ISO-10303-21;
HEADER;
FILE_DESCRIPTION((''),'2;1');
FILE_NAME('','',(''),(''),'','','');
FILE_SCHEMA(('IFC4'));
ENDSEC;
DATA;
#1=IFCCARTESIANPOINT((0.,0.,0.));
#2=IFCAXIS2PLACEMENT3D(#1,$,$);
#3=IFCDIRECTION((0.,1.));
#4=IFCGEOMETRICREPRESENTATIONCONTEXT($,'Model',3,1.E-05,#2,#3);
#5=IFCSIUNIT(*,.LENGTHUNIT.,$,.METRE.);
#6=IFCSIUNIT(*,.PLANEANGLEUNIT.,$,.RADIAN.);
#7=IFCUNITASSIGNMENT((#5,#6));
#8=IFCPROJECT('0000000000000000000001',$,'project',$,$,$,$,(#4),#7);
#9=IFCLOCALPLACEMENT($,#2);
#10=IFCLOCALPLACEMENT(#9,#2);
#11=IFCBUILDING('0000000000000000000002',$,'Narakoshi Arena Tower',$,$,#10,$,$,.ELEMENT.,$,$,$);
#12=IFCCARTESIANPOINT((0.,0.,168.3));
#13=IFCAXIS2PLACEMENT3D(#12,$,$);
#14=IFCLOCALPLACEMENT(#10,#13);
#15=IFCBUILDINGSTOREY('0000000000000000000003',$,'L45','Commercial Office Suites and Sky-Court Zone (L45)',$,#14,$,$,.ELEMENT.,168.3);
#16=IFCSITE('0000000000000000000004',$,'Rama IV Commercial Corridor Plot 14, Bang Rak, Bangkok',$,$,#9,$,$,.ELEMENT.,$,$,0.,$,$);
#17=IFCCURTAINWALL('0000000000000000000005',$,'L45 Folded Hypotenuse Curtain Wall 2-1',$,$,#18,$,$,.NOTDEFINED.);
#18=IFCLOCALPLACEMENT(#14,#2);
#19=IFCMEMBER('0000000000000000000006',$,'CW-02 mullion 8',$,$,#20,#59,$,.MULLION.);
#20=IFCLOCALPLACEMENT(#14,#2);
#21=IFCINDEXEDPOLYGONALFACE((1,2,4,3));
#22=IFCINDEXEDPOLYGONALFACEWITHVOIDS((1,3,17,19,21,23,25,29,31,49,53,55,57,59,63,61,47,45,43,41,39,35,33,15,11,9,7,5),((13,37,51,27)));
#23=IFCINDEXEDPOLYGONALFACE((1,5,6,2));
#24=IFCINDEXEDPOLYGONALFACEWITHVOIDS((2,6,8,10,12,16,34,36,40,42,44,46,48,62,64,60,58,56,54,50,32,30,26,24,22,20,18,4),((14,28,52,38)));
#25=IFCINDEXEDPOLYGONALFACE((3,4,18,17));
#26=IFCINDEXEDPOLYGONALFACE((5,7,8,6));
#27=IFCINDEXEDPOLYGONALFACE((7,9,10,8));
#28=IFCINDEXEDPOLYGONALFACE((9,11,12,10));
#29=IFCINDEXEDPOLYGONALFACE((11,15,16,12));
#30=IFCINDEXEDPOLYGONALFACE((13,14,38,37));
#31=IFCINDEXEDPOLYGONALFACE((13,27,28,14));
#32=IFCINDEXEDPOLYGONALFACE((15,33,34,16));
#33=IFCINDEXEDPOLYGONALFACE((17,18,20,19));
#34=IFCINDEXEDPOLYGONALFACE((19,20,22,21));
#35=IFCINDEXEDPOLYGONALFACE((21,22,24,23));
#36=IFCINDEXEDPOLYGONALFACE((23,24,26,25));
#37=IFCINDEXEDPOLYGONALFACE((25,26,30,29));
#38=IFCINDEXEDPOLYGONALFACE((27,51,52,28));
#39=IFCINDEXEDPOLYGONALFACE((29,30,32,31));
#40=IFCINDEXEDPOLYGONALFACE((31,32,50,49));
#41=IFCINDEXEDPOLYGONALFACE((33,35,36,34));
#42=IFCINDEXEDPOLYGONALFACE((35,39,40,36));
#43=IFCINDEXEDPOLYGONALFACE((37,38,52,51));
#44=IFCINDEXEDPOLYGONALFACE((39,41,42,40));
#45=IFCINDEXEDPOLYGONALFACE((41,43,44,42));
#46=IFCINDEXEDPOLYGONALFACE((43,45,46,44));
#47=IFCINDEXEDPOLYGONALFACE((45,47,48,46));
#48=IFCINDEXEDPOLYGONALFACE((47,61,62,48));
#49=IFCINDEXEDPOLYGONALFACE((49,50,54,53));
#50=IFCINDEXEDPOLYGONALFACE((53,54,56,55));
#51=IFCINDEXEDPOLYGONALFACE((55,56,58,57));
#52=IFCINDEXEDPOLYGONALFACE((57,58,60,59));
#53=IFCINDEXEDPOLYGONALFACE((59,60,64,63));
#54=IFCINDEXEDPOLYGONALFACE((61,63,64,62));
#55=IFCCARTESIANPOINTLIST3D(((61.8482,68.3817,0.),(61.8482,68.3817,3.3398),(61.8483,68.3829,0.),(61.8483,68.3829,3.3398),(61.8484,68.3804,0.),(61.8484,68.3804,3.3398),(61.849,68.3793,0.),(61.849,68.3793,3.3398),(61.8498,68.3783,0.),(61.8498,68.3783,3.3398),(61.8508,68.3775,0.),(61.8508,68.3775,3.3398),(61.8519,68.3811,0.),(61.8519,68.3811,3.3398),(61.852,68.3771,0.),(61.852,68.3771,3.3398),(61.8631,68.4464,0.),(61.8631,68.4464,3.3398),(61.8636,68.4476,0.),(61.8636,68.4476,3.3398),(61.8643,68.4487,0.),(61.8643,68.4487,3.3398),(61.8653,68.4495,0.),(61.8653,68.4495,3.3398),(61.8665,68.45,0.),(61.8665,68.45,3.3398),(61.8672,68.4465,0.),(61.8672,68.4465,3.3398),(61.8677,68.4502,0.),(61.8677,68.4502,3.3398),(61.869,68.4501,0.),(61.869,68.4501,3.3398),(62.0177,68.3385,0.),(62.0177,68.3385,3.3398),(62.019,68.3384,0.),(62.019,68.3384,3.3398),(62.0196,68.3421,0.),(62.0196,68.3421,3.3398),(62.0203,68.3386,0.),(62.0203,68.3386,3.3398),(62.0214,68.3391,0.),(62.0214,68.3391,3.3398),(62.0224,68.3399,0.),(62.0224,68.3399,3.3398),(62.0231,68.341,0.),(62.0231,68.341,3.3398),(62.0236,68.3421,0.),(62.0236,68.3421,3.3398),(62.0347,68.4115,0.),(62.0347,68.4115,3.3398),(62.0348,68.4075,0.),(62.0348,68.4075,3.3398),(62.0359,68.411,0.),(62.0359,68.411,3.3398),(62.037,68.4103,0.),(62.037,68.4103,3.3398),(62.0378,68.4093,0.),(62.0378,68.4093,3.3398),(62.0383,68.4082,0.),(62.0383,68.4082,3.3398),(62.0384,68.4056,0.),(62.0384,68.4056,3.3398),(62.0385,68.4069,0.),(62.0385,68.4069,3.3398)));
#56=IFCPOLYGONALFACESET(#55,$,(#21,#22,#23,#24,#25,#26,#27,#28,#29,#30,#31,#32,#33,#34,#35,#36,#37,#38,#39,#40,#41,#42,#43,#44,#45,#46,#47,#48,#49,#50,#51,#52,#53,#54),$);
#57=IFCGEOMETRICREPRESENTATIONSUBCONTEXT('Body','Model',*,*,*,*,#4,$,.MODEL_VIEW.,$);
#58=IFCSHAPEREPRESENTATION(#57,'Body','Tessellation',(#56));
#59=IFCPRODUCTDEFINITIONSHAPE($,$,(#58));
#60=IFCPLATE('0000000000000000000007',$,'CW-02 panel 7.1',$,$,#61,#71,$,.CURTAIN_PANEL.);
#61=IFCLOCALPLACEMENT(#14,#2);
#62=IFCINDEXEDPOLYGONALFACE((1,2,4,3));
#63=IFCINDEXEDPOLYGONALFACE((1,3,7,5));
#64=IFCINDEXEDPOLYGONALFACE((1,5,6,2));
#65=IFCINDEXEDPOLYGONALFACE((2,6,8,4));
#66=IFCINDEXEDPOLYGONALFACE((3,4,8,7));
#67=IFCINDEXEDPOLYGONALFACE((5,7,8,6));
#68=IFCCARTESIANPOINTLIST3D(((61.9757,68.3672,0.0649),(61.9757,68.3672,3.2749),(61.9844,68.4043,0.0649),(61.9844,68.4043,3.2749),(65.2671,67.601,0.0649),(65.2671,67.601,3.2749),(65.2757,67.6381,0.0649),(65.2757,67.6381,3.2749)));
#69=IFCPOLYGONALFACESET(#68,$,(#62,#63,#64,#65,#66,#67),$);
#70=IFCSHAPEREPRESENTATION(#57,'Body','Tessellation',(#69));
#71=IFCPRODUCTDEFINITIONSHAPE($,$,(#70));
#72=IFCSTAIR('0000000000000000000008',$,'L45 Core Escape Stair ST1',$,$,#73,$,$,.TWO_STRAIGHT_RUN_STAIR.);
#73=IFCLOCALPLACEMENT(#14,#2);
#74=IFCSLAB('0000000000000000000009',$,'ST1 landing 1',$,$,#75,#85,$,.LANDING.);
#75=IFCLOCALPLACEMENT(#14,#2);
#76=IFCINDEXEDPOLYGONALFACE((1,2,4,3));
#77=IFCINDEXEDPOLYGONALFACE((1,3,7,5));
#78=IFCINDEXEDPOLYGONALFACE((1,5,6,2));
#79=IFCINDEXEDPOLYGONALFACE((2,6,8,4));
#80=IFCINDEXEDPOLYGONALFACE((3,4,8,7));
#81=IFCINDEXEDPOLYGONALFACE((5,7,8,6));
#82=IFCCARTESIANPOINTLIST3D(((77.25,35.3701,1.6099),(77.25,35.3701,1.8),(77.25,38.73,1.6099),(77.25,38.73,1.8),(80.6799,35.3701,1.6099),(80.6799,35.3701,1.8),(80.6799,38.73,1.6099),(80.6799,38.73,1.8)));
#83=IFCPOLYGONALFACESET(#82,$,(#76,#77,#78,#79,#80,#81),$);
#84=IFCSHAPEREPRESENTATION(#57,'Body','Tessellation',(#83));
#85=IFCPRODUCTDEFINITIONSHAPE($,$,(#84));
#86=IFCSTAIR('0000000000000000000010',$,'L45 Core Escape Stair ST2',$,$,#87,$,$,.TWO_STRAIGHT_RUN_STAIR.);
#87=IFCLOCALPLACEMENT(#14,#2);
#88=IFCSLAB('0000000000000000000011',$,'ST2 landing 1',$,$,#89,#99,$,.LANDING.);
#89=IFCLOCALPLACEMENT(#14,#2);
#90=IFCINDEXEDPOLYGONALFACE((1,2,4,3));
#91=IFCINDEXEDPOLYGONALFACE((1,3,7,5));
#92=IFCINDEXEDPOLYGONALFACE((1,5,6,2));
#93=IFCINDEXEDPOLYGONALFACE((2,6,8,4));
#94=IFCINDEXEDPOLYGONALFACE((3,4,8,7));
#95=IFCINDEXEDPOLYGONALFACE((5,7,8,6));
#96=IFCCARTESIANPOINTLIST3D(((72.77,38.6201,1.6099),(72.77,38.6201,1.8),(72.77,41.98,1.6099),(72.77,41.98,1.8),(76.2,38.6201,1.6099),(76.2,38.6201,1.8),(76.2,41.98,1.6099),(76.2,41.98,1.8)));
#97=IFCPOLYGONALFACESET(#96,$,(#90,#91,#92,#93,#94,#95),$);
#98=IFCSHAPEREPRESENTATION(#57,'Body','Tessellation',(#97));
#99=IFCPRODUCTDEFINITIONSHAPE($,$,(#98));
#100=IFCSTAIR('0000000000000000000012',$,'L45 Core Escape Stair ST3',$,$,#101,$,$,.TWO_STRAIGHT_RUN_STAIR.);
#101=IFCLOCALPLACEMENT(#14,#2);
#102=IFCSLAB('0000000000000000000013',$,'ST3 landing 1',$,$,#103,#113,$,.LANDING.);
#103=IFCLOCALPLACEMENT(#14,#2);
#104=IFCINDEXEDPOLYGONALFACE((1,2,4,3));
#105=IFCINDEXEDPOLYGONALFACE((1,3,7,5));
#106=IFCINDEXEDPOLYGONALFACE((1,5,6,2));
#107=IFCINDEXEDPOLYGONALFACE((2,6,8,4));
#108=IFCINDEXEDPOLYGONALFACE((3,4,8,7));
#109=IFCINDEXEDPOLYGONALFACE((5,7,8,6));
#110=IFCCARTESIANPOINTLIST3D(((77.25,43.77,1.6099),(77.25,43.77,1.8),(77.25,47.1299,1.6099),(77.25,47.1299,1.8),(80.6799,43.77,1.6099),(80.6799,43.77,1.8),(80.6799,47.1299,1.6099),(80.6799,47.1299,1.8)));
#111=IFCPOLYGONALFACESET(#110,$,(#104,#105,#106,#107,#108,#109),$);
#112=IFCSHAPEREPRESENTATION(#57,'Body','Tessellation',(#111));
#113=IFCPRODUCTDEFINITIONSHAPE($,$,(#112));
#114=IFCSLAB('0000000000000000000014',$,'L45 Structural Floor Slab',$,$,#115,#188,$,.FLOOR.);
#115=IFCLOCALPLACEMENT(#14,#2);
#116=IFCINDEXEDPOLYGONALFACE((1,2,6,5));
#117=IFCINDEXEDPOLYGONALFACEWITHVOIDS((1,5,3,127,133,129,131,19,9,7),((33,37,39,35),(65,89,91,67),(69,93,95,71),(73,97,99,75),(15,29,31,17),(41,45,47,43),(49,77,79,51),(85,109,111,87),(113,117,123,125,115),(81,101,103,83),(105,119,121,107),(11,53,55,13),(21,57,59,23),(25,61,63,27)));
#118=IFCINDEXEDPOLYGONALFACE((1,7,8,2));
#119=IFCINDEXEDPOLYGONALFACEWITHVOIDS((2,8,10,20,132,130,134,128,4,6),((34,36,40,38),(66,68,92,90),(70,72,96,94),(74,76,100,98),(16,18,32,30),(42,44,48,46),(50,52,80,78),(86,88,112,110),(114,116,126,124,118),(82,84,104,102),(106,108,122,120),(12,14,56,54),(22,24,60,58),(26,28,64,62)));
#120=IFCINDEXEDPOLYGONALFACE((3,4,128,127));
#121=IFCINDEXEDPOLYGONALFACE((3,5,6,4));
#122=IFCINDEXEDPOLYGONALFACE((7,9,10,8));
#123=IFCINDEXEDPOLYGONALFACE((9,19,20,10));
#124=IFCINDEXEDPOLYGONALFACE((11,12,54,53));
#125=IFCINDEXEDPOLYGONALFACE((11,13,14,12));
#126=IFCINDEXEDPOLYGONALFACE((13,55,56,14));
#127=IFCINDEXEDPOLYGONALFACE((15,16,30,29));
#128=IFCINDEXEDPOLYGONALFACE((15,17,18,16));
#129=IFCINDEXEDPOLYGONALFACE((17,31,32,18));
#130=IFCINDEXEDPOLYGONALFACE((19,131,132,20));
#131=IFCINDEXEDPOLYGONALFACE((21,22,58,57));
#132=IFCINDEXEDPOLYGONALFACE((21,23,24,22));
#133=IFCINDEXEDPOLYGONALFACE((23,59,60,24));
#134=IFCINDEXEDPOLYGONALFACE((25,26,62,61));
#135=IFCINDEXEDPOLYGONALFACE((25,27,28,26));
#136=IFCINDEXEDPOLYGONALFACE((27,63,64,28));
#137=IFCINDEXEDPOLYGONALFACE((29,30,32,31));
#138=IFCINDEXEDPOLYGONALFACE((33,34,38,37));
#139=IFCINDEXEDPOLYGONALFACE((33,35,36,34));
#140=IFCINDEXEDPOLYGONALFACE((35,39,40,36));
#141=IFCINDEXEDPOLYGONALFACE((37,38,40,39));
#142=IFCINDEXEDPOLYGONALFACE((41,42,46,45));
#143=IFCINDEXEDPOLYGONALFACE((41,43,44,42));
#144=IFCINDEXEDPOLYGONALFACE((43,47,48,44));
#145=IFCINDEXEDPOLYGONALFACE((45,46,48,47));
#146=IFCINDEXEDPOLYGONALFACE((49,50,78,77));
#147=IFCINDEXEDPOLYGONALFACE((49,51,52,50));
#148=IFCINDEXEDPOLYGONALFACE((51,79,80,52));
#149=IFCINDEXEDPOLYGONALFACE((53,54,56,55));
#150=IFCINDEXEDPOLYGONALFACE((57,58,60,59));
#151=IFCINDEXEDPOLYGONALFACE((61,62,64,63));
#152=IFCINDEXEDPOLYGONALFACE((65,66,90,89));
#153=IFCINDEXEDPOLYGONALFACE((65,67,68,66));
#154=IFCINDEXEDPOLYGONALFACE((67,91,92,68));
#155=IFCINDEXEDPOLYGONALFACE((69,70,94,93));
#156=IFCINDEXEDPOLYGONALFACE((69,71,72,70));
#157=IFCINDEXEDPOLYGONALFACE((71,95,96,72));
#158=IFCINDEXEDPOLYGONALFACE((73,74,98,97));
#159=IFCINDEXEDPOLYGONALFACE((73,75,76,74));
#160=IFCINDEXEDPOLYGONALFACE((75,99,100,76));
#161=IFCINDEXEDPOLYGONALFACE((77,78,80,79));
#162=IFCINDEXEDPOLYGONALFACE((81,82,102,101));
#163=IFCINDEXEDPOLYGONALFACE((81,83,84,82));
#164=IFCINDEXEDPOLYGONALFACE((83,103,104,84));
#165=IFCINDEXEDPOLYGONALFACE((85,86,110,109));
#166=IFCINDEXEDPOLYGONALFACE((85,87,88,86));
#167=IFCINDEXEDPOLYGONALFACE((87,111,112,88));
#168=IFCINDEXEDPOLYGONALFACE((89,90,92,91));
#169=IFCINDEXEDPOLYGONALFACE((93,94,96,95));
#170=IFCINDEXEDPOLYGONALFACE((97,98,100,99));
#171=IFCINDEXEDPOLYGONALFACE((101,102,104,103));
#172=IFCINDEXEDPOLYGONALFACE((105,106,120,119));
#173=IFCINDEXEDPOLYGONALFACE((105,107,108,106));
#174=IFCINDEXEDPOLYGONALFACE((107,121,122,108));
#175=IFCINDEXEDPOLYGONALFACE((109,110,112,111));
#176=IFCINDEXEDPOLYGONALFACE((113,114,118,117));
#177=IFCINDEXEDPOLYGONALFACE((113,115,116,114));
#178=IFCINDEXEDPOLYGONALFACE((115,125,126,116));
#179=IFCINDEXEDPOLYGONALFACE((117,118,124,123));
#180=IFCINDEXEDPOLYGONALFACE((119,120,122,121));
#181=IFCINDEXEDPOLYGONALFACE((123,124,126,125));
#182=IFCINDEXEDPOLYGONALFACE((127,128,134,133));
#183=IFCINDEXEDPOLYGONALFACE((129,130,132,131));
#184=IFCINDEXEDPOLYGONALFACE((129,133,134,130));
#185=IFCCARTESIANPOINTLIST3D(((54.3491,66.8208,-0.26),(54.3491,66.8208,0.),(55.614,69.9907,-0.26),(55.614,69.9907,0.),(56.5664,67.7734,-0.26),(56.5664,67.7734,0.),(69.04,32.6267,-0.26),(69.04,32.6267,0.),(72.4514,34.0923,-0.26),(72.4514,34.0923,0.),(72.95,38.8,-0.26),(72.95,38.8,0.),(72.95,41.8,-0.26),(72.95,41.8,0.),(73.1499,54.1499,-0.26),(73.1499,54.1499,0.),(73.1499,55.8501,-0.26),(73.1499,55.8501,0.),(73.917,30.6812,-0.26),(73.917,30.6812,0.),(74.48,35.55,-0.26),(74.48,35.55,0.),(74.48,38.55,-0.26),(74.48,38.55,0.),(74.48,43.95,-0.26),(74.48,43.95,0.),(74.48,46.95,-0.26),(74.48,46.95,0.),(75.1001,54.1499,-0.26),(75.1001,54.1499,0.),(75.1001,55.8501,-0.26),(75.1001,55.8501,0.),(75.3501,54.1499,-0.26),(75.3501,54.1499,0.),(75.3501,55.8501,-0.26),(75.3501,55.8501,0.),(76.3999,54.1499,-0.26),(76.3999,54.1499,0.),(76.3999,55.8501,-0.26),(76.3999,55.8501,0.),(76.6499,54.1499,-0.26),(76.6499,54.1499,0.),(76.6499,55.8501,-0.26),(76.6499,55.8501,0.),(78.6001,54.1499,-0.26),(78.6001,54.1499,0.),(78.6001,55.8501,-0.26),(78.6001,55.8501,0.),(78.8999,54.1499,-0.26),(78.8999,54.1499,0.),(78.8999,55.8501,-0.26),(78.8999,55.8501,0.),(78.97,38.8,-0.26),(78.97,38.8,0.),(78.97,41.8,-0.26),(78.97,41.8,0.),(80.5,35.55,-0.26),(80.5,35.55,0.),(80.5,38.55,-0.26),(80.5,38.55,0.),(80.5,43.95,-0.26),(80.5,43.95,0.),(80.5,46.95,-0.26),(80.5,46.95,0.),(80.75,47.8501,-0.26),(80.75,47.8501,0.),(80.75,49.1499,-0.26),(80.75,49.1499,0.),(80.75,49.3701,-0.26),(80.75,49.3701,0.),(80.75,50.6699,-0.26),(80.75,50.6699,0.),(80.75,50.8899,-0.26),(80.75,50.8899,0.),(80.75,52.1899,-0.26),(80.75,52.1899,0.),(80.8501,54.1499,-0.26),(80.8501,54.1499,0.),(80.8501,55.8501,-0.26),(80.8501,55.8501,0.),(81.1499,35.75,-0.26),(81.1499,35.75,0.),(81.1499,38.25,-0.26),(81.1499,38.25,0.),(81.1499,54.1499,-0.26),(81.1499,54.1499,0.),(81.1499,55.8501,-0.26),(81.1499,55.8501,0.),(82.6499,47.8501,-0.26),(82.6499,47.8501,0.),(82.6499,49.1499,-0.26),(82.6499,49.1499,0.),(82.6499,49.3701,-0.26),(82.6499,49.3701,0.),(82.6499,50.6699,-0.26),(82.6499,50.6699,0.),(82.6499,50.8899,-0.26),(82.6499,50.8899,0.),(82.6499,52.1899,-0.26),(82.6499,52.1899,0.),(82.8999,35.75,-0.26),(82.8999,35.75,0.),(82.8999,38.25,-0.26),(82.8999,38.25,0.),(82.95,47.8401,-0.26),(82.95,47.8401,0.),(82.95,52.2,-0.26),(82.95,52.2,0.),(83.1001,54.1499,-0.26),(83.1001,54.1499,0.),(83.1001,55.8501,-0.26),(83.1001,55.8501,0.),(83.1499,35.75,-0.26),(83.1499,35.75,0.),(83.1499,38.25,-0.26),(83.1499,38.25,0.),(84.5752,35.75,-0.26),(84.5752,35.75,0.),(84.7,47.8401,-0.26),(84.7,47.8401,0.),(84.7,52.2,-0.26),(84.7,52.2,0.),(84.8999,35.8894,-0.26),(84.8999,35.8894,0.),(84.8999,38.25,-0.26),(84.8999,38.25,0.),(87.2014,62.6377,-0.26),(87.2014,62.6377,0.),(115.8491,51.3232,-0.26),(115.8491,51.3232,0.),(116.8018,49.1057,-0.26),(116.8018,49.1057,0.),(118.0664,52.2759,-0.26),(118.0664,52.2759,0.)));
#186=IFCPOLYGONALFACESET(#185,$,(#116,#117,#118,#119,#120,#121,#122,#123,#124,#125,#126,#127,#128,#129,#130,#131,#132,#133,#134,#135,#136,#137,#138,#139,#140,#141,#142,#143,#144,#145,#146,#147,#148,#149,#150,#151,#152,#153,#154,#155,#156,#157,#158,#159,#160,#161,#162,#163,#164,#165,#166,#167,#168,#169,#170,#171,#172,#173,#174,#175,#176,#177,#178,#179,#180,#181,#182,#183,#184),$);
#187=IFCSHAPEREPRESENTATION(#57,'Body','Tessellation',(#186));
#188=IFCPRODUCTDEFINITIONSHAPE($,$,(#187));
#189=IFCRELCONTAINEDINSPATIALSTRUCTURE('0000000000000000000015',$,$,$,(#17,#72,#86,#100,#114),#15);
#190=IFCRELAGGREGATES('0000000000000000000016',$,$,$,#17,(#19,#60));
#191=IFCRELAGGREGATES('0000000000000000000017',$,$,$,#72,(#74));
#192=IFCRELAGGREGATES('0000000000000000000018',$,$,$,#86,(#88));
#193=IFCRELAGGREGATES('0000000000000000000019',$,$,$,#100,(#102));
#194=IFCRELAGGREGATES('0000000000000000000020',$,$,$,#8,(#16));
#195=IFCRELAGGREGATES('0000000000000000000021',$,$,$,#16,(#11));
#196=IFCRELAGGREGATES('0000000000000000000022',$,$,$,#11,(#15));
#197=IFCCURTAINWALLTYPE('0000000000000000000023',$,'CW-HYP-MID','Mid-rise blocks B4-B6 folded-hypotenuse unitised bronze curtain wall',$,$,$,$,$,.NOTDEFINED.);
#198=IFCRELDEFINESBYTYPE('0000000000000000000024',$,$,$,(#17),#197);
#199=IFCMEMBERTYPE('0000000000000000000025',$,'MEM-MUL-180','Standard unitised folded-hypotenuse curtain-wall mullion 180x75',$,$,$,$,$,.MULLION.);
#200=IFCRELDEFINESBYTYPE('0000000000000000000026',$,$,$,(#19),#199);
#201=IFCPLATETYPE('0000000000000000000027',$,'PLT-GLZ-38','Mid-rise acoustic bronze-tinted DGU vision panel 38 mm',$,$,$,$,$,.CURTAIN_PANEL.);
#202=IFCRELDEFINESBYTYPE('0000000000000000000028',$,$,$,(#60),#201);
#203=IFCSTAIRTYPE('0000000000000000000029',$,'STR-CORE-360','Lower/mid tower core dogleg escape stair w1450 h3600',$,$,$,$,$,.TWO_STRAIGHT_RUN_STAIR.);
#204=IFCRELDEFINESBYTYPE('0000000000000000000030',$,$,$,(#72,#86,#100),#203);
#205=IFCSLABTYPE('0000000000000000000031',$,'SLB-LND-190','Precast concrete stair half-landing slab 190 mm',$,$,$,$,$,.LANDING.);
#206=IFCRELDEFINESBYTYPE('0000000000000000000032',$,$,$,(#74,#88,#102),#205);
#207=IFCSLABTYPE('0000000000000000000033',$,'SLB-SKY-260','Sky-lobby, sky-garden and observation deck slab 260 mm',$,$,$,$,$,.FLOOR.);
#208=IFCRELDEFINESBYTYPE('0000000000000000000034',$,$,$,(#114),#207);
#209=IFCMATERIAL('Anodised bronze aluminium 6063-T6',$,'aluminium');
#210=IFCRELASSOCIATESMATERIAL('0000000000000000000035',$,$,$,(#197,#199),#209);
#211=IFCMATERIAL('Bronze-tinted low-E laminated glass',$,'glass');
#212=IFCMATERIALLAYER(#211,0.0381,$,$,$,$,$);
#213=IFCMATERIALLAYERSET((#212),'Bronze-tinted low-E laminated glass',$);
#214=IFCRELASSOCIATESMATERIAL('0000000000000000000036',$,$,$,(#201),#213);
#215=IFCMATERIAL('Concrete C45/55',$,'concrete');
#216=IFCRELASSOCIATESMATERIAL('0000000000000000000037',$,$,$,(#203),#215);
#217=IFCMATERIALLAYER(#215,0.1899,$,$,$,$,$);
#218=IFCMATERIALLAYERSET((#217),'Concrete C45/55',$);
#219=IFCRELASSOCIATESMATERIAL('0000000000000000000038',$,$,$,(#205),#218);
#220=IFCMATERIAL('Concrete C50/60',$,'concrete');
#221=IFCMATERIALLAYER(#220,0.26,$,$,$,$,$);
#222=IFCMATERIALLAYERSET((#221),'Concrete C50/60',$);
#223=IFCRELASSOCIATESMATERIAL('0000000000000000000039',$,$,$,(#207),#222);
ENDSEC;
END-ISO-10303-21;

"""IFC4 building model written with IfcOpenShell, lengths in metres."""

from ifc_helpers import new_model, si_unit, direction, frame, origin, origin_2d, place, context, subcontext, project, spatial, polyline, rectangle, hollow_rectangle, outline, extrude, material, layer, layer_set, material_profile, profile_set, type_object, element, aggregate, save


model = new_model("IFC4")

# Units and contexts
model_context = context("Model", 3, precision=1e-05, world=origin(), true_north=direction((0.0, 1.0)))
body_context = subcontext(model_context, "Body", "Model", "MODEL_VIEW")
ifc_project = project(units=[si_unit("LENGTHUNIT", "METRE"), si_unit("PLANEANGLEUNIT", "RADIAN")], contexts=[model_context])

# Site, building, storey
site_placement = place(None, origin())
site = spatial("IfcSite", under=ifc_project, at=site_placement, Name="Rama IV Commercial Corridor Plot 14, Bang Rak, Bangkok", CompositionType="ELEMENT", RefElevation=0.0)
building_placement = place(site_placement, origin())
building = spatial("IfcBuilding", under=site, at=building_placement, Name="Narakoshi Arena Tower", CompositionType="ELEMENT")
storey_placement = place(building_placement, frame((0.0, 0.0, 168.3)))
storey = spatial("IfcBuildingStorey", under=building, at=storey_placement, Name="L45", Description="Commercial Office Suites and Sky-Court Zone (L45)", CompositionType="ELEMENT", Elevation=168.3)

# Shared definitions
ifc_material_1 = material(Name="Concrete C50/60", Category="concrete")

# Curtain wall, member, plate
ifc_material_2 = material(Name="Anodised bronze aluminium 6063-T6", Category="aluminium")
curtain_wall_type = type_object("IfcCurtainWallType", Name="CW-HYP-MID", Description="Mid-rise blocks B4-B6 folded-hypotenuse unitised bronze curtain wall", PredefinedType="NOTDEFINED", material=ifc_material_2)
curtain_wall_placement = place(storey_placement, origin())
curtain_wall = element("IfcCurtainWall", 1, at=curtain_wall_placement, inside=storey, type_object=curtain_wall_type, Name="L45 Folded Hypotenuse Curtain Wall 2-1", PredefinedType="NOTDEFINED")
ifc_material_profile_1 = material_profile(ifc_material_2, hollow_rectangle(XDim=0.075, YDim=0.1799, WallThickness=0.0039, OuterFilletRadius=0.0049, at=origin_2d()), Name="MUL180x75x4")
ifc_profile_set_1 = profile_set([ifc_material_profile_1], Name="Anodised bronze aluminium 6063-T6")
member_type = type_object("IfcMemberType", Name="MEM-MUL-180", Description="Standard unitised folded-hypotenuse curtain-wall mullion 180x75", PredefinedType="MULLION", material=ifc_profile_set_1)
member_placement = place(storey_placement, frame((61.9434, 68.3943, 0.0), z_axis=(0.0, 0.0, 1.0), x_axis=(-0.226721, -0.97396, 0.0)))
member = element("IfcMember", 2, at=member_placement, type_object=member_type, Name="CW-02 mullion 8", PredefinedType="MULLION", context=body_context, shape_type="SweptSolid", body=[
    extrude(hollow_rectangle(XDim=0.075, YDim=0.1799, WallThickness=0.0039, OuterFilletRadius=0.0049, at=origin_2d()), origin(), (0.0, 0.0, 1.0), 3.3398),
])
ifc_material_3 = material(Name="Bronze-tinted low-E laminated glass", Category="glass")
ifc_layer_1 = layer(ifc_material_3, 0.0381)
ifc_layer_set_1 = layer_set([ifc_layer_1], Name="Bronze-tinted low-E laminated glass")
plate_type = type_object("IfcPlateType", Name="PLT-GLZ-38", Description="Mid-rise acoustic bronze-tinted DGU vision panel 38 mm", PredefinedType="CURTAIN_PANEL", material=ifc_layer_set_1)
plate_placement = place(storey_placement, frame((63.6257, 68.0027, 0.0649), z_axis=(0.0, 0.0, 1.0), x_axis=(-0.97396, 0.226721, 0.0)))
plate = element("IfcPlate", 3, at=plate_placement, type_object=plate_type, Name="CW-02 panel 7.1", PredefinedType="CURTAIN_PANEL", context=body_context, shape_type="SweptSolid", body=[
    extrude(rectangle(XDim=3.3794, YDim=0.0381, at=origin_2d()), origin(), (0.0, 0.0, 1.0), 3.21),
])
aggregate(curtain_wall, [member, plate])

# Stairs, slabs
ifc_material_4 = material(Name="Concrete C45/55", Category="concrete")
stair_type = type_object("IfcStairType", Name="STR-CORE-360", Description="Lower/mid tower core dogleg escape stair w1450 h3600", PredefinedType="TWO_STRAIGHT_RUN_STAIR", material=ifc_material_4)
stair_1_placement = place(storey_placement, origin())
stair_1 = element("IfcStair", 4, at=stair_1_placement, inside=storey, type_object=stair_type, Name="L45 Core Escape Stair ST1", PredefinedType="TWO_STRAIGHT_RUN_STAIR")
ifc_layer_2 = layer(ifc_material_4, 0.1899)
ifc_layer_set_2 = layer_set([ifc_layer_2], Name="Concrete C45/55")
slab_type_1 = type_object("IfcSlabType", Name="SLB-LND-190", Description="Precast concrete stair half-landing slab 190 mm", PredefinedType="LANDING", material=ifc_layer_set_2)
slab_1_placement = place(storey_placement, frame((0.0, 0.0, 1.6099)))
slab_1 = element("IfcSlab", 5, at=slab_1_placement, type_object=slab_type_1, Name="ST1 landing 1", PredefinedType="LANDING", context=body_context, shape_type="SweptSolid", body=[
    extrude(outline(polyline([(77.25, 35.3701), (80.6799, 35.3701), (80.6799, 38.73), (77.25, 38.73), (77.25, 35.3701)])), origin(), (0.0, 0.0, 1.0), 0.1902),
])
aggregate(stair_1, [slab_1])
stair_2_placement = place(storey_placement, origin())
stair_2 = element("IfcStair", 6, at=stair_2_placement, inside=storey, type_object=stair_type, Name="L45 Core Escape Stair ST2", PredefinedType="TWO_STRAIGHT_RUN_STAIR")
slab_2_placement = place(storey_placement, frame((0.0, 0.0, 1.6099)))
slab_2 = element("IfcSlab", 7, at=slab_2_placement, type_object=slab_type_1, Name="ST2 landing 1", PredefinedType="LANDING", context=body_context, shape_type="SweptSolid", body=[
    extrude(outline(polyline([(72.77, 38.6201), (76.2, 38.6201), (76.2, 41.98), (72.77, 41.98), (72.77, 38.6201)])), origin(), (0.0, 0.0, 1.0), 0.1902),
])
aggregate(stair_2, [slab_2])
stair_3_placement = place(storey_placement, origin())
stair_3 = element("IfcStair", 8, at=stair_3_placement, inside=storey, type_object=stair_type, Name="L45 Core Escape Stair ST3", PredefinedType="TWO_STRAIGHT_RUN_STAIR")
slab_3_placement = place(storey_placement, frame((0.0, 0.0, 1.6099)))
slab_3 = element("IfcSlab", 9, at=slab_3_placement, type_object=slab_type_1, Name="ST3 landing 1", PredefinedType="LANDING", context=body_context, shape_type="SweptSolid", body=[
    extrude(outline(polyline([(77.25, 43.77), (80.6799, 43.77), (80.6799, 47.1299), (77.25, 47.1299), (77.25, 43.77)])), origin(), (0.0, 0.0, 1.0), 0.1902),
])
aggregate(stair_3, [slab_3])

# Slab
ifc_layer_3 = layer(ifc_material_1, 0.26)
ifc_layer_set_3 = layer_set([ifc_layer_3], Name="Concrete C50/60")
slab_type_2 = type_object("IfcSlabType", Name="SLB-SKY-260", Description="Sky-lobby, sky-garden and observation deck slab 260 mm", PredefinedType="FLOOR", material=ifc_layer_set_3)
slab_4_placement = place(storey_placement, frame((0.0, 0.0, -0.26)))
element("IfcSlab", 10, at=slab_4_placement, inside=storey, type_object=slab_type_2, Name="L45 Structural Floor Slab", PredefinedType="FLOOR", context=body_context, shape_type="SweptSolid", body=[
    extrude(outline(polyline([(73.917, 30.6812), (116.8018, 49.1057), (115.8491, 51.3232), (118.0664, 52.2759), (87.2014, 62.6377), (55.614, 69.9907), (56.5664, 67.7734), (54.3491, 66.8208), (69.04, 32.6267), (72.4514, 34.0923), (73.917, 30.6812)]), holes=[polyline([(80.5, 35.55), (74.48, 35.55), (74.48, 38.55), (80.5, 38.55), (80.5, 35.55)]), polyline([(82.8999, 35.75), (81.1499, 35.75), (81.1499, 38.25), (82.8999, 38.25), (82.8999, 35.75)]), polyline([(84.5752, 35.75), (83.1499, 35.75), (83.1499, 38.25), (84.8999, 38.25), (84.8999, 35.8894), (84.5752, 35.75)]), polyline([(72.95, 38.8), (72.95, 41.8), (78.97, 41.8), (78.97, 38.8), (72.95, 38.8)]), polyline([(74.48, 43.95), (74.48, 46.95), (80.5, 46.95), (80.5, 43.95), (74.48, 43.95)]), polyline([(82.95, 47.8401), (82.95, 52.2), (84.7, 52.2), (84.7, 47.8401), (82.95, 47.8401)]), polyline([(80.75, 47.8501), (80.75, 49.1499), (82.6499, 49.1499), (82.6499, 47.8501), (80.75, 47.8501)]), polyline([(80.75, 49.3701), (80.75, 50.6699), (82.6499, 50.6699), (82.6499, 49.3701), (80.75, 49.3701)]), polyline([(80.75, 50.8899), (80.75, 52.1899), (82.6499, 52.1899), (82.6499, 50.8899), (80.75, 50.8899)]), polyline([(73.1499, 54.1499), (73.1499, 55.8501), (75.1001, 55.8501), (75.1001, 54.1499), (73.1499, 54.1499)]), polyline([(75.3501, 54.1499), (75.3501, 55.8501), (76.3999, 55.8501), (76.3999, 54.1499), (75.3501, 54.1499)]), polyline([(76.6499, 54.1499), (76.6499, 55.8501), (78.6001, 55.8501), (78.6001, 54.1499), (76.6499, 54.1499)]), polyline([(78.8999, 54.1499), (78.8999, 55.8501), (80.8501, 55.8501), (80.8501, 54.1499), (78.8999, 54.1499)]), polyline([(81.1499, 54.1499), (81.1499, 55.8501), (83.1001, 55.8501), (83.1001, 54.1499), (81.1499, 54.1499)])]), origin(), (0.0, 0.0, 1.0), 0.26),
])

save(model, "model.ifc")
